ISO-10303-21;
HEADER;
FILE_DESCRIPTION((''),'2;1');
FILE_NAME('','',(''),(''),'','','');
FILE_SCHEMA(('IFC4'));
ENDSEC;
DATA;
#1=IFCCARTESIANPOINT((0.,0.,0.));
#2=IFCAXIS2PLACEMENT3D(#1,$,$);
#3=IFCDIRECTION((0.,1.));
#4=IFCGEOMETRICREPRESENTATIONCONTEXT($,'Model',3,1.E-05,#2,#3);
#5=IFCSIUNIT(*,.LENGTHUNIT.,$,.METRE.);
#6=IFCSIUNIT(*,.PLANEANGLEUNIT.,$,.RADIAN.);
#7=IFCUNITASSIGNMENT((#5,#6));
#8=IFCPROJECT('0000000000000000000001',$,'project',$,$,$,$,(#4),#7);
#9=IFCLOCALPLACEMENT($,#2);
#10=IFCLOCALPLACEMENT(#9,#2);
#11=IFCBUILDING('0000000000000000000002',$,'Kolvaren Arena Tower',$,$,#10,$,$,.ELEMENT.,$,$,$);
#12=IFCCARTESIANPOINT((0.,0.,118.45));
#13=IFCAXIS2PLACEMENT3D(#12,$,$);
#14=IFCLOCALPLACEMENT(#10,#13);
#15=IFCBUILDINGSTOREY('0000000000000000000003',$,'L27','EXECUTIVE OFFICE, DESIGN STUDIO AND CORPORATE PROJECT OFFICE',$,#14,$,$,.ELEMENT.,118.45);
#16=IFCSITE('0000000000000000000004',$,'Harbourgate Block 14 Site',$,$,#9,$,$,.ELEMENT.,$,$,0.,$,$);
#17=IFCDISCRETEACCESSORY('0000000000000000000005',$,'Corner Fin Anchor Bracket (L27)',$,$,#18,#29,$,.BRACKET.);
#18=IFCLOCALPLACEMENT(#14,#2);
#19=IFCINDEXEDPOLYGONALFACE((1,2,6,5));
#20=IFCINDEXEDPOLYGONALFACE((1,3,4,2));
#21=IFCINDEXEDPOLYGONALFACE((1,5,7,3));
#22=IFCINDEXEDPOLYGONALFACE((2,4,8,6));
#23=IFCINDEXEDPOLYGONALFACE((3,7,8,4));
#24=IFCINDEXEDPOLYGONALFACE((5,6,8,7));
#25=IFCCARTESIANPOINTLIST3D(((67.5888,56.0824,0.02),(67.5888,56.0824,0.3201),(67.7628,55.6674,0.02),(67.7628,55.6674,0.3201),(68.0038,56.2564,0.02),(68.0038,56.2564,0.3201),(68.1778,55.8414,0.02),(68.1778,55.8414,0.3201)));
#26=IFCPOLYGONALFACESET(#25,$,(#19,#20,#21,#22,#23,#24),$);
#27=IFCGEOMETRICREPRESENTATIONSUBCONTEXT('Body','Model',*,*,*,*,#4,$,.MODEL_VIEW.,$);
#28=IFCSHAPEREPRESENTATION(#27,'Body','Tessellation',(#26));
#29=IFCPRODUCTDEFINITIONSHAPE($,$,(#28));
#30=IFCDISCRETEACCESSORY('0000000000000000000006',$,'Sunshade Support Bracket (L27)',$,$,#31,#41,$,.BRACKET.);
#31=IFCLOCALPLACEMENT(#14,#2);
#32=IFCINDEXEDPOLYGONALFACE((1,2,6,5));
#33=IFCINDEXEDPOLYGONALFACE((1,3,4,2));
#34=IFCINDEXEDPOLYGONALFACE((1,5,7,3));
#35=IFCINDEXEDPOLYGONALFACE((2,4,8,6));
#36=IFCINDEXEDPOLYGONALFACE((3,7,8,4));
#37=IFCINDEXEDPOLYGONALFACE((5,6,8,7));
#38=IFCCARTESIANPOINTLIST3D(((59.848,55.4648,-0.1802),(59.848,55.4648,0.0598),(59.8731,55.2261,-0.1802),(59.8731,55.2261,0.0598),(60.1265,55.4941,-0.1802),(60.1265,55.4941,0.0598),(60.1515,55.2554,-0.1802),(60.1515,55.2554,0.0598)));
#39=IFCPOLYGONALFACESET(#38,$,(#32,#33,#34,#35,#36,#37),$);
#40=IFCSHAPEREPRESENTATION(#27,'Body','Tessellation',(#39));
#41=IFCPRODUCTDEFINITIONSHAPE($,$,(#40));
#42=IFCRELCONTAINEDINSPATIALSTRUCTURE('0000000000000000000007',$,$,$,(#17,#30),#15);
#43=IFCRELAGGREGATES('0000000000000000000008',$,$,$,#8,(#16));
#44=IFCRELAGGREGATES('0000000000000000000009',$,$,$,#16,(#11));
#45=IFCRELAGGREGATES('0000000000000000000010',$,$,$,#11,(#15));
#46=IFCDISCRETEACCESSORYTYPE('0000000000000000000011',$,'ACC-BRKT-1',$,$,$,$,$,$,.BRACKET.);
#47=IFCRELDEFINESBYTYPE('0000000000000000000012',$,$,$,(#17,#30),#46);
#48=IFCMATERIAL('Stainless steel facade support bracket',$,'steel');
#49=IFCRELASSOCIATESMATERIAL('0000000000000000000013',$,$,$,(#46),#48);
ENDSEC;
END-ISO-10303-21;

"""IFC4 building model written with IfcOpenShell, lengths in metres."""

from ifc_helpers import new_model, si_unit, direction, frame, origin, origin_2d, place, context, subcontext, project, spatial, rectangle, extrude, material, type_object, element, save


model = new_model("IFC4")

# Units and contexts
model_context = context("Model", 3, precision=1e-05, world=origin(), true_north=direction((0.0, 1.0)))
body_context = subcontext(model_context, "Body", "Model", "MODEL_VIEW")
ifc_project = project(units=[si_unit("LENGTHUNIT", "METRE"), si_unit("PLANEANGLEUNIT", "RADIAN")], contexts=[model_context])

# Site, building, storey
site_placement = place(None, origin())
site = spatial("IfcSite", under=ifc_project, at=site_placement, Name="Harbourgate Block 14 Site", CompositionType="ELEMENT", RefElevation=0.0)
building_placement = place(site_placement, origin())
building = spatial("IfcBuilding", under=site, at=building_placement, Name="Kolvaren Arena Tower", CompositionType="ELEMENT")
storey_placement = place(building_placement, frame((0.0, 0.0, 118.45)))
storey = spatial("IfcBuildingStorey", under=building, at=storey_placement, Name="L27", Description="EXECUTIVE OFFICE, DESIGN STUDIO AND CORPORATE PROJECT OFFICE", CompositionType="ELEMENT", Elevation=118.45)

# Discrete accessories
ifc_material_1 = material(Name="Stainless steel facade support bracket", Category="steel")
discrete_accessory_type = type_object("IfcDiscreteAccessoryType", Name="ACC-BRKT-1", PredefinedType="BRACKET", material=ifc_material_1)
for number, where, z_axis, x_axis, name in (
    (1, (67.8833, 55.9619, 0.02), (0.0, 0.0, 1.0), (-0.386706, 0.922203, 0.0), "Corner Fin Anchor Bracket (L27)"),
):
    element("IfcDiscreteAccessory", number, at=place(storey_placement, frame(where, z_axis=z_axis, x_axis=x_axis)), inside=storey, type_object=discrete_accessory_type, Name=name, PredefinedType="BRACKET", context=body_context, shape_type="SweptSolid", body=[
        extrude(rectangle(XDim=0.45, YDim=0.45, at=origin_2d()), origin(), (0.0, 0.0, 1.0), 0.3),
    ])
discrete_accessory_placement = place(storey_placement, frame((59.9998, 55.3601, -0.1802), z_axis=(0.0, 0.0, 1.0), x_axis=(0.994522, 0.104527, 0.0)))
element("IfcDiscreteAccessory", 2, at=discrete_accessory_placement, inside=storey, type_object=discrete_accessory_type, Name="Sunshade Support Bracket (L27)", PredefinedType="BRACKET", context=body_context, shape_type="SweptSolid", body=[
    extrude(rectangle(XDim=0.28, YDim=0.24, at=origin_2d()), origin(), (0.0, 0.0, 1.0), 0.24),
])

save(model, "model.ifc")
